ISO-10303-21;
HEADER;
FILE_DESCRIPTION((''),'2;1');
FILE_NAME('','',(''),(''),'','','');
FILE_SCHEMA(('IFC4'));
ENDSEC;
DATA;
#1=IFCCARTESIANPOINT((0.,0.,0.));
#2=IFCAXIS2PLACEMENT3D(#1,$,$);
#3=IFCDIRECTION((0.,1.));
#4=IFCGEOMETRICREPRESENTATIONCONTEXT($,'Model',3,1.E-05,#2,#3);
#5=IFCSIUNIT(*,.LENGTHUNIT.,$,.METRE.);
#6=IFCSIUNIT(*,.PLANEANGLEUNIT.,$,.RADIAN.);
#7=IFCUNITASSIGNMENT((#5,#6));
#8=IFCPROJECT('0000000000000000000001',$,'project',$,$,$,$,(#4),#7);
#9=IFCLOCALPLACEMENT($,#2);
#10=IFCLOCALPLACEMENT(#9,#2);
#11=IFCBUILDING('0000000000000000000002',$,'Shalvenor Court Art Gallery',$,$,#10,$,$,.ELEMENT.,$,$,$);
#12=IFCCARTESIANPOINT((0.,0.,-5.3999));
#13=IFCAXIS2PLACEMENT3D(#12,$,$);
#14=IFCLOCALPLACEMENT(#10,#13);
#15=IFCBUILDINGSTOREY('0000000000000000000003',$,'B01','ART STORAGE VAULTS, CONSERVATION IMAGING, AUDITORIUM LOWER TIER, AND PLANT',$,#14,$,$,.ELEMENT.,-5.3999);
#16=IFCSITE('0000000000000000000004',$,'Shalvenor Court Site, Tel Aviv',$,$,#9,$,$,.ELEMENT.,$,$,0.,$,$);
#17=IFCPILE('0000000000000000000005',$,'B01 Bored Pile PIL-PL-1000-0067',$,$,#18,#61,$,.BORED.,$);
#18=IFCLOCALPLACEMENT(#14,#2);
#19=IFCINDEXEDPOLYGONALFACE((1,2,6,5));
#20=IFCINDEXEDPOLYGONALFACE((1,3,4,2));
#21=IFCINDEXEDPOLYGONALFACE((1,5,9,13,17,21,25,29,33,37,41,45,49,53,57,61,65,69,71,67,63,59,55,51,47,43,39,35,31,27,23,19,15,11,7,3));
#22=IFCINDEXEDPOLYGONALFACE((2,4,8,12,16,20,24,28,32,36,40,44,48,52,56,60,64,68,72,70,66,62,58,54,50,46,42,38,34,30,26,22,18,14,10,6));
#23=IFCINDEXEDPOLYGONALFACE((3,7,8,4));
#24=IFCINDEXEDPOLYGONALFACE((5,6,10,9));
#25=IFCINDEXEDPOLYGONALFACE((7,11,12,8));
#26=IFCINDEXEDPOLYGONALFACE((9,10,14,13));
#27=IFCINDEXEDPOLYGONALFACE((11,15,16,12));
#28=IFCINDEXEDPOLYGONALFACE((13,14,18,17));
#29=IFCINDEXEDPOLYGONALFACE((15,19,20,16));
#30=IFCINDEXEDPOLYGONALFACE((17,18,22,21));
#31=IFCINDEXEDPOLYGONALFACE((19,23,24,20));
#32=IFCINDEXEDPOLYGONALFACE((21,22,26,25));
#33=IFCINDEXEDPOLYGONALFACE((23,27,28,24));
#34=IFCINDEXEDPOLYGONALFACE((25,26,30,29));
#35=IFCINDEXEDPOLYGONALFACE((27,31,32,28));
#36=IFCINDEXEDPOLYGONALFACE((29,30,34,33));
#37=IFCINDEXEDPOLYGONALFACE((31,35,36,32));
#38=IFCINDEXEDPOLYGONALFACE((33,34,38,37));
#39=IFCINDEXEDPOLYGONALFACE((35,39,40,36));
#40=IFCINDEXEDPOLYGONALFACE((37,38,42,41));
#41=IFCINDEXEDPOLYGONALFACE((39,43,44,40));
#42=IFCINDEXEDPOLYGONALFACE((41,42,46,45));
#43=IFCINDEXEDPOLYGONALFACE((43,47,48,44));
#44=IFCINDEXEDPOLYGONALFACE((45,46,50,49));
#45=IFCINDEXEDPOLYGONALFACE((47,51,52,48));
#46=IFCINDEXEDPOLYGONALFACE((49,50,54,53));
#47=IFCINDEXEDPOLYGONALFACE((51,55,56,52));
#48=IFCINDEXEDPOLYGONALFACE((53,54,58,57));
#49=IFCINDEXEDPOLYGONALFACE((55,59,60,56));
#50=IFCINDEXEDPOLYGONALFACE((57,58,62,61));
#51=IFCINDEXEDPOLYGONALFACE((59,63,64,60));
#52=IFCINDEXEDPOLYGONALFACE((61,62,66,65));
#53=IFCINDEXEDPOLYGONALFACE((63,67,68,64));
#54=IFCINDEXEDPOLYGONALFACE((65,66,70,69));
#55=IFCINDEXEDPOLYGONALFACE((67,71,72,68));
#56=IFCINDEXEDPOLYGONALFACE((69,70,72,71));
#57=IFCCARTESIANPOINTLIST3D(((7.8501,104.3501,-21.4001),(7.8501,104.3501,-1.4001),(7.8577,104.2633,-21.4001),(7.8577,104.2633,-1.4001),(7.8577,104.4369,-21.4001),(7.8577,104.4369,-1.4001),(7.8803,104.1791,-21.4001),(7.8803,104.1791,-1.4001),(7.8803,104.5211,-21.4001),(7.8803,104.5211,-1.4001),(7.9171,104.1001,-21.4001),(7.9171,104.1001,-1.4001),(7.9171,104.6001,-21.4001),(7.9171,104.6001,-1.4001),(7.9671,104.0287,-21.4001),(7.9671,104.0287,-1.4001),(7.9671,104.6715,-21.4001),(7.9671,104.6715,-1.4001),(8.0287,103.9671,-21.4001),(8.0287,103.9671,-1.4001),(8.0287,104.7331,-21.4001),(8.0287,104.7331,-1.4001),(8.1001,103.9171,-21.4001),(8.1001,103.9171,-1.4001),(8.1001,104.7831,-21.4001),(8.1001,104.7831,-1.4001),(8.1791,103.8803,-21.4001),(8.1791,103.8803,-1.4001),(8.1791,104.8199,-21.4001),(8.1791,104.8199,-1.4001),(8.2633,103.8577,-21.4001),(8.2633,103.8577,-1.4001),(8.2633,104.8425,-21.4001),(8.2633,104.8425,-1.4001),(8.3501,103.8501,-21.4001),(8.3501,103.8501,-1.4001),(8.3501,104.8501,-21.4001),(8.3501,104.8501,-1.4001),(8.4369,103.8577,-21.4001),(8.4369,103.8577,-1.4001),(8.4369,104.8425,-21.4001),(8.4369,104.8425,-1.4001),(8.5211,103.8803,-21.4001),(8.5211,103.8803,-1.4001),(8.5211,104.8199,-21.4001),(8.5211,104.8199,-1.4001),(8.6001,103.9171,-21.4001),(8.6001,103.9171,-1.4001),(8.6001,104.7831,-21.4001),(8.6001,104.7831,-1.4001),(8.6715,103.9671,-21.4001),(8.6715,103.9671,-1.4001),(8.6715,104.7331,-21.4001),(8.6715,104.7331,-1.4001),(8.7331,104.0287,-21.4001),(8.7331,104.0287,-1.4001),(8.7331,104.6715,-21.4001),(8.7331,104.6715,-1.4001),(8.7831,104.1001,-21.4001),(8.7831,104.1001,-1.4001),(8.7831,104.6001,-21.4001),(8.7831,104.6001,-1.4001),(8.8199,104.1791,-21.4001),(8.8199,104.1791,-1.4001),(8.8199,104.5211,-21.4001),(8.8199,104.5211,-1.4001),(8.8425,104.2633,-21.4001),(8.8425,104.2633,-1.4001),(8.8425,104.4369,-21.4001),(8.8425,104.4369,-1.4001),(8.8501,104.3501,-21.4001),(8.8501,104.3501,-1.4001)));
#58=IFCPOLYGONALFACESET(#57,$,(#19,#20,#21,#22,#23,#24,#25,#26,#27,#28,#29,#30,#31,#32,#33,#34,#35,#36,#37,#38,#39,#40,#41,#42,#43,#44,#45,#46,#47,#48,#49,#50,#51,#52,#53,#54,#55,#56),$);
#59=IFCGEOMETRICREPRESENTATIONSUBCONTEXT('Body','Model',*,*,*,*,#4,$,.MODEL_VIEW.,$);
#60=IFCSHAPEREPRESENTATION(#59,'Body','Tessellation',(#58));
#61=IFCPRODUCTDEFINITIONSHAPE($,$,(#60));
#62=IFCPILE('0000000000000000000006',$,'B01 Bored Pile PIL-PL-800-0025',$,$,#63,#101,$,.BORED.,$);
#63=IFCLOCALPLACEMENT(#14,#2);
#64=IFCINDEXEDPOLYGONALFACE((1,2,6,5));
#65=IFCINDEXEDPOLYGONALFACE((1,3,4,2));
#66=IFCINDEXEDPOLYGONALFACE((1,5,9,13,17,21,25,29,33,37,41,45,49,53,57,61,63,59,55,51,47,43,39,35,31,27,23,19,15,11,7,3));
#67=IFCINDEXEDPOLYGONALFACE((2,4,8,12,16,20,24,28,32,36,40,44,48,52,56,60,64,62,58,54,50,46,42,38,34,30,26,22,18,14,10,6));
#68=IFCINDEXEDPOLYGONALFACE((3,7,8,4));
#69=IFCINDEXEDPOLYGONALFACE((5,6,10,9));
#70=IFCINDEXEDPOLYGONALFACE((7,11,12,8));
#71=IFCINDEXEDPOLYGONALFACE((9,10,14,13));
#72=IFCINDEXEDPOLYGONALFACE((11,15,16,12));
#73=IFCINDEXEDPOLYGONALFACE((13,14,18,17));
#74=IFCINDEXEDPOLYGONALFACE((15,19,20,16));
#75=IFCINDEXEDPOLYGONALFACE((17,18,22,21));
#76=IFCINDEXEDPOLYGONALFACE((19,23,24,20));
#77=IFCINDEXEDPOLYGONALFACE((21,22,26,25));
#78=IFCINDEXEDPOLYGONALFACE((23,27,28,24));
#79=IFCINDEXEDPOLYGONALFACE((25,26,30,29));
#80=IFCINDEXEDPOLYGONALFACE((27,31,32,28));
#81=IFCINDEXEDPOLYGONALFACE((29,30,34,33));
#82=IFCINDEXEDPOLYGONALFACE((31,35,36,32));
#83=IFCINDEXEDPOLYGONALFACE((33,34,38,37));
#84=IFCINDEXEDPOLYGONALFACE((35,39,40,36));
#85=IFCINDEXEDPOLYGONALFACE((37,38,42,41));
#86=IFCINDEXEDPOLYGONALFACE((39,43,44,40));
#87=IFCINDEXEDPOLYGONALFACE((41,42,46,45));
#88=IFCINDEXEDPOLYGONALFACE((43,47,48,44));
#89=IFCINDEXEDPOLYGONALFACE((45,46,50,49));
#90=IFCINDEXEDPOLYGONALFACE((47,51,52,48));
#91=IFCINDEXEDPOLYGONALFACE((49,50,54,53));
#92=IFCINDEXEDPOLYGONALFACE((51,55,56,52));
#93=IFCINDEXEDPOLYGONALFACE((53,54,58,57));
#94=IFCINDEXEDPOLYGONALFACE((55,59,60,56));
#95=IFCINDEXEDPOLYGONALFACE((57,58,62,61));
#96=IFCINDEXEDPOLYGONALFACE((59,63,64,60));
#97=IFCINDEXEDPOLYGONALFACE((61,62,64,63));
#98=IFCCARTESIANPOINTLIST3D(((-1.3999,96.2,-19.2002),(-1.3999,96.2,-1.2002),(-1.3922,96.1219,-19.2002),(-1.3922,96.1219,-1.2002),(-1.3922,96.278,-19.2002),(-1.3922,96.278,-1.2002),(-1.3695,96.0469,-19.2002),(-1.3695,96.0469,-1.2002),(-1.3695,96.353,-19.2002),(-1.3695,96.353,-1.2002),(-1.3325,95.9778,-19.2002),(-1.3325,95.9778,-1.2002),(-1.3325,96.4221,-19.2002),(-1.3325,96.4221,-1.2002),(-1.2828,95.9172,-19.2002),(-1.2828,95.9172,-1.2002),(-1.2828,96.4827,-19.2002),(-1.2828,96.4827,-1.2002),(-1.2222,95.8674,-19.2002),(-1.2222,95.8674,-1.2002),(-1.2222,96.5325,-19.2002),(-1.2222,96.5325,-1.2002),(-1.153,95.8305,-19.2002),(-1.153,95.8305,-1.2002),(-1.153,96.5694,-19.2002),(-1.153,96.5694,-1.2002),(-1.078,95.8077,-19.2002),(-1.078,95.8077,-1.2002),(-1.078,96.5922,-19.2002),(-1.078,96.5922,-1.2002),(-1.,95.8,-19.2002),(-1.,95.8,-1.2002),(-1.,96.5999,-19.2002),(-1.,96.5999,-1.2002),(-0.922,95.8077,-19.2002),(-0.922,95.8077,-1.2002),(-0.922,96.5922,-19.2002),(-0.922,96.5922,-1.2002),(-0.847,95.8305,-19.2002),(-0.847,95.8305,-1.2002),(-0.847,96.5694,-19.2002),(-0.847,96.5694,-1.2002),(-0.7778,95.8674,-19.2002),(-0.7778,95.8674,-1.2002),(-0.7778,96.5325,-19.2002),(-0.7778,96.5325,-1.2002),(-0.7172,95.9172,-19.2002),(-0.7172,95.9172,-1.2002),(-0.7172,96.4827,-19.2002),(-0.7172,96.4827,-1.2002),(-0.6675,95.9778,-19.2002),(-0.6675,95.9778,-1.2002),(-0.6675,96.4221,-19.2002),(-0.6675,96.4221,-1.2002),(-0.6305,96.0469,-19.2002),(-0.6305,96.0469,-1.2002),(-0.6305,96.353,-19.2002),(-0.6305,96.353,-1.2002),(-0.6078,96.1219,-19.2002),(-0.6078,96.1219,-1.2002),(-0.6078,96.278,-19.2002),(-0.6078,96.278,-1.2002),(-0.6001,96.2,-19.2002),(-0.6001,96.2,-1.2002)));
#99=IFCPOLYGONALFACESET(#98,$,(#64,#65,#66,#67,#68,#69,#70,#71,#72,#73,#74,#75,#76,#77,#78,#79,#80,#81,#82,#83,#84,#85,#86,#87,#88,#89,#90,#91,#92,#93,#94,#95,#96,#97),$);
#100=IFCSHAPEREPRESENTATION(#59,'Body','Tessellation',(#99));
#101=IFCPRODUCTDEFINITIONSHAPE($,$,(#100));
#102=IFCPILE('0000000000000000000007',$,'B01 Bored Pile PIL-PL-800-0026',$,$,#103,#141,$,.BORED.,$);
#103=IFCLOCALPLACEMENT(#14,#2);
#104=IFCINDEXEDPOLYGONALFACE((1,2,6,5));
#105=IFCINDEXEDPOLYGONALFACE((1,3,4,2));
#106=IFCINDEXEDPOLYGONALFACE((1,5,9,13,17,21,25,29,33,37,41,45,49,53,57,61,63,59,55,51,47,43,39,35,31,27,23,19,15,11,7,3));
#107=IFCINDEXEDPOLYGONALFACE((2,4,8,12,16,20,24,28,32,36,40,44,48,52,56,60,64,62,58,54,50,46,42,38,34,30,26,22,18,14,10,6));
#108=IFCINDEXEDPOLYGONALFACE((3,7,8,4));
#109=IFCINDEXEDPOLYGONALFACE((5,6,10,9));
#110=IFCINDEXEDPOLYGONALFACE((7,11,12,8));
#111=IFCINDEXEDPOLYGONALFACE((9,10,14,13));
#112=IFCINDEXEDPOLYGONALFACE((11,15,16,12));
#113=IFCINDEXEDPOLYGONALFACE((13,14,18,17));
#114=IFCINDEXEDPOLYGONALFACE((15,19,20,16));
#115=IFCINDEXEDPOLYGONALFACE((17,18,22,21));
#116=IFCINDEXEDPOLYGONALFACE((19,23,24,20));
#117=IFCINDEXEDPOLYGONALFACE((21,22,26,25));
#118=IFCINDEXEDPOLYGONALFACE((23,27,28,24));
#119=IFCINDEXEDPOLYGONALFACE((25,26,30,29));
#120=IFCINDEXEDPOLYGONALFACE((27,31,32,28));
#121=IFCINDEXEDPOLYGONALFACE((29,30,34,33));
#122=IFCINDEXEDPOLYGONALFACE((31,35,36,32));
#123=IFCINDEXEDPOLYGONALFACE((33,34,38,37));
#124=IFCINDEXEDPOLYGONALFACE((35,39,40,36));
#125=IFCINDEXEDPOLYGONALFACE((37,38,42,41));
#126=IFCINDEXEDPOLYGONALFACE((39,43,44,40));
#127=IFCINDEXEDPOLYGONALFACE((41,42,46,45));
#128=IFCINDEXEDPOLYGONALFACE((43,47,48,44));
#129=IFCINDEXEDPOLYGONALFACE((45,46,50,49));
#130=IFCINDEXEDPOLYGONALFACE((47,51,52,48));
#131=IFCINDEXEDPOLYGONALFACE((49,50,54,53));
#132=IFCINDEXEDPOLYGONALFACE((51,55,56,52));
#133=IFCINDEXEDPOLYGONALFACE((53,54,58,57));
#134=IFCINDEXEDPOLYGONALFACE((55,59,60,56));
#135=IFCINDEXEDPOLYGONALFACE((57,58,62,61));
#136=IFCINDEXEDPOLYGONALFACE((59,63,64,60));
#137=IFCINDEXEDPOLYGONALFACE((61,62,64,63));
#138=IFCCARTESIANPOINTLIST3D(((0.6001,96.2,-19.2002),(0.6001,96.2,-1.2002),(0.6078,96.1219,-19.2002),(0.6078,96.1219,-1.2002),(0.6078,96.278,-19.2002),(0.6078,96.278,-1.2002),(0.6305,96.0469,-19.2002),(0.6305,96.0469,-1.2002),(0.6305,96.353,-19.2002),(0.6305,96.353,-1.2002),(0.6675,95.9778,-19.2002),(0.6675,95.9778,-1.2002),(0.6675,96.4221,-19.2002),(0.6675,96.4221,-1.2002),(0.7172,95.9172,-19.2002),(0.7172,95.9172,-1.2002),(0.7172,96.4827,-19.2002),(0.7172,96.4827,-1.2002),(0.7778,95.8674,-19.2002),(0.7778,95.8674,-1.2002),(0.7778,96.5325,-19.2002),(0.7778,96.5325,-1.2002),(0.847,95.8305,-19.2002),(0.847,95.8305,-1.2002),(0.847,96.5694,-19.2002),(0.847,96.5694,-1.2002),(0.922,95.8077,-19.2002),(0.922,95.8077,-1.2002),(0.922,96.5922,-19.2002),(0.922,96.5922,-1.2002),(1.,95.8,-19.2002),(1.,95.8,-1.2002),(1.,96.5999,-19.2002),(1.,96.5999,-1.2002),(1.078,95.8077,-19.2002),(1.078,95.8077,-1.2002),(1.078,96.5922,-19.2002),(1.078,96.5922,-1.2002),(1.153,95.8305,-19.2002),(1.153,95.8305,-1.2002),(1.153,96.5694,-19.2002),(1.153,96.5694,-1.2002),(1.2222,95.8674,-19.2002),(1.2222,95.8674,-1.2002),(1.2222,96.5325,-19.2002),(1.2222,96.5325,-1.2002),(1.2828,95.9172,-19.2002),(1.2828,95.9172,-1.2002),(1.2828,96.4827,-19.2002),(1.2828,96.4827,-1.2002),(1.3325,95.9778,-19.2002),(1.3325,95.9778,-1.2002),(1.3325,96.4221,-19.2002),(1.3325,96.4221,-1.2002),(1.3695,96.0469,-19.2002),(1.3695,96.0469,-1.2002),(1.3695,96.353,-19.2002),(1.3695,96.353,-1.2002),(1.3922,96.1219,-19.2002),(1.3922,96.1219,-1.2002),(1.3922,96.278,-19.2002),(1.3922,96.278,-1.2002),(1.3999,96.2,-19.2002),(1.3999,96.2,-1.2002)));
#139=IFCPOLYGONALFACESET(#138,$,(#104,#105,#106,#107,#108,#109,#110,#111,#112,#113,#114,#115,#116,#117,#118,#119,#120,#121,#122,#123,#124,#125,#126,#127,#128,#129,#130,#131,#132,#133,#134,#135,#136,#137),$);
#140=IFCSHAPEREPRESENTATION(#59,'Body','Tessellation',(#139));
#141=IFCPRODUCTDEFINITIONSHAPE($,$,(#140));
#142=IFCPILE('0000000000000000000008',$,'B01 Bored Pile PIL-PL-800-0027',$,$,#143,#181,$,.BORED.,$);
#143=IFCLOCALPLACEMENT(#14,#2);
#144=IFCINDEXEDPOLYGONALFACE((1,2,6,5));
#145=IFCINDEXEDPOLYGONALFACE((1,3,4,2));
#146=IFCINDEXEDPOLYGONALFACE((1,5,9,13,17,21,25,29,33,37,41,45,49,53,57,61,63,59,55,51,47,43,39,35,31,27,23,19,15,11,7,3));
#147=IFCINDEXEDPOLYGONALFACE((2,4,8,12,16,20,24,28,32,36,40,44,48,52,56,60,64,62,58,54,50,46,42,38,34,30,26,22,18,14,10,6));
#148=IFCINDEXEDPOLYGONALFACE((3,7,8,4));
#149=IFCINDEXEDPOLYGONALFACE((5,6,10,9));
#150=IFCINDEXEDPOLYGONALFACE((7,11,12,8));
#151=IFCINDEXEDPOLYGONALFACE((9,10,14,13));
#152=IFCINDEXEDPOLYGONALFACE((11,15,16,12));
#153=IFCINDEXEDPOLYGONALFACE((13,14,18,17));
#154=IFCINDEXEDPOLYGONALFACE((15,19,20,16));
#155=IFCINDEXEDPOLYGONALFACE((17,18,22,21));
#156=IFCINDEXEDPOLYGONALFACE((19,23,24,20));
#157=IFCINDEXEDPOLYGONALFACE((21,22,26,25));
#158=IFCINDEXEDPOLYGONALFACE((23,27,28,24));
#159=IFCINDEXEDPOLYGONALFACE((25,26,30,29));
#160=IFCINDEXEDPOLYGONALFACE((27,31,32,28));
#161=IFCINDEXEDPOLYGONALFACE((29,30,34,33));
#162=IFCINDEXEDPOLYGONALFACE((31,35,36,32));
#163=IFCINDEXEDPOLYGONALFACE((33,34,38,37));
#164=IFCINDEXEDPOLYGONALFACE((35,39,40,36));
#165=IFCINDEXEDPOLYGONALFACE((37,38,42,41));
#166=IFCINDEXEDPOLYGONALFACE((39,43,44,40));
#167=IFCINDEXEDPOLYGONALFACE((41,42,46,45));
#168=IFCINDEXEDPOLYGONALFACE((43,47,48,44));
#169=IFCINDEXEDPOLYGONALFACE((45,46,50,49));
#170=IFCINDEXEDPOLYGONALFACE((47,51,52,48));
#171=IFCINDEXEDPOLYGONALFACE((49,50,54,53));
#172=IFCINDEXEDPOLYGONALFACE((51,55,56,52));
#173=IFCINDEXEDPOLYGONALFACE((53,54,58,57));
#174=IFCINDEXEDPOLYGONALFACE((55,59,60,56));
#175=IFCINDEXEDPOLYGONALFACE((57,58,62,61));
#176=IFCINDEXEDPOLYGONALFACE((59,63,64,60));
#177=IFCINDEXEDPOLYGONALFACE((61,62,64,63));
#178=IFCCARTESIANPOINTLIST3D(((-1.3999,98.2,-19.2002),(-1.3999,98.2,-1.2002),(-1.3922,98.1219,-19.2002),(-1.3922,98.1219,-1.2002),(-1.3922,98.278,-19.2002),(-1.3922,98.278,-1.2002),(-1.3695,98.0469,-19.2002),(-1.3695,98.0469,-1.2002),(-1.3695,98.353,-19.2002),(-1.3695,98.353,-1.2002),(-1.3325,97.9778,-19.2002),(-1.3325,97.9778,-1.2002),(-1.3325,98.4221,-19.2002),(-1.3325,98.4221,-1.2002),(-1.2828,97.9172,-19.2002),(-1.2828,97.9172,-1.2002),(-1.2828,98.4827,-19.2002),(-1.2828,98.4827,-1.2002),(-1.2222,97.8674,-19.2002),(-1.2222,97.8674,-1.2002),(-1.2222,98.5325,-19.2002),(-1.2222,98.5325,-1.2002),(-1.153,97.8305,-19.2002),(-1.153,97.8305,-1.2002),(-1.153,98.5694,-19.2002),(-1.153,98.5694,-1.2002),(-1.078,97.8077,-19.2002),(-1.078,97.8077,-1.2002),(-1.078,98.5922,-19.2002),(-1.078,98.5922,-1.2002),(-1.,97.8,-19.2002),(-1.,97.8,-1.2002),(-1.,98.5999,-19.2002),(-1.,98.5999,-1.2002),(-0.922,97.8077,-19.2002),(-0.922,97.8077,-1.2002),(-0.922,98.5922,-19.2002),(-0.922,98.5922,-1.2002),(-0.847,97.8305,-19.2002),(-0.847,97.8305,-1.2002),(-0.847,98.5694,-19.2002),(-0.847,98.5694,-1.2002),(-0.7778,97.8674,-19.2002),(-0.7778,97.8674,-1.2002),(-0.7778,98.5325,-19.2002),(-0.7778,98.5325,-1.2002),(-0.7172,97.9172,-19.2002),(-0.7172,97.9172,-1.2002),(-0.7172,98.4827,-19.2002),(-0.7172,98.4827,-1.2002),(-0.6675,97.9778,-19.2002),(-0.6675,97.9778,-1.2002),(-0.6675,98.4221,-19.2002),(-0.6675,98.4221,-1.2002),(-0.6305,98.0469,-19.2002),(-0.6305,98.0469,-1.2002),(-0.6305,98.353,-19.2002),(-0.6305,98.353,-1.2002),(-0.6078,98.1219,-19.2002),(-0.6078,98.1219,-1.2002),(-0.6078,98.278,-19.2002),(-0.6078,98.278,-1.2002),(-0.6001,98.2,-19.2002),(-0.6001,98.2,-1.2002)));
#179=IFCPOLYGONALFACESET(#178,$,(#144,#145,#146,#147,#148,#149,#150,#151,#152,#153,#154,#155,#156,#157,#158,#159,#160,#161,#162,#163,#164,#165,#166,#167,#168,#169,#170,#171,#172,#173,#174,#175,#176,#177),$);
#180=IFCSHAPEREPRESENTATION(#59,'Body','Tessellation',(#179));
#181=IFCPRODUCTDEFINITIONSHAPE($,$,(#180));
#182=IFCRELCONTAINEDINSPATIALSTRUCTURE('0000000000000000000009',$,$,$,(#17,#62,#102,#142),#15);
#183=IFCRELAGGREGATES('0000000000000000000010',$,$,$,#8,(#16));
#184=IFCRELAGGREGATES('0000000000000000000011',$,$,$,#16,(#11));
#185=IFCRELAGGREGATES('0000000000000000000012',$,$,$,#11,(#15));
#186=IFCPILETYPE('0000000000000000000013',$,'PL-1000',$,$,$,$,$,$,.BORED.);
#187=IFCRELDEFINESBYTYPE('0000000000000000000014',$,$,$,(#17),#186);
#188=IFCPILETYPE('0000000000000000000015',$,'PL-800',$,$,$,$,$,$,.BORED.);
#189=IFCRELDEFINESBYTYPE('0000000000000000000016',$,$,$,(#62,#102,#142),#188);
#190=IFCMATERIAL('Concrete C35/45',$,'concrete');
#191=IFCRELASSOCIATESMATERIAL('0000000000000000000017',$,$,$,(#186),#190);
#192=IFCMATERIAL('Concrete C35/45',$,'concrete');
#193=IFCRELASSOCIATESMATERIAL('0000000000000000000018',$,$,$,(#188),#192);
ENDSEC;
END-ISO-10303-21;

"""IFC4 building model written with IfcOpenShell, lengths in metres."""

from ifc_helpers import new_model, si_unit, direction, frame, origin, origin_2d, place, context, subcontext, project, spatial, circle, extrude, material, material_profile, profile_set, type_object, element, save


model = new_model("IFC4")

# Units and contexts
model_context = context("Model", 3, precision=1e-05, world=origin(), true_north=direction((0.0, 1.0)))
body_context = subcontext(model_context, "Body", "Model", "MODEL_VIEW")
ifc_project = project(units=[si_unit("LENGTHUNIT", "METRE"), si_unit("PLANEANGLEUNIT", "RADIAN")], contexts=[model_context])

# Site, building, storey
site_placement = place(None, origin())
site = spatial("IfcSite", under=ifc_project, at=site_placement, Name="Shalvenor Court Site, Tel Aviv", CompositionType="ELEMENT", RefElevation=0.0)
building_placement = place(site_placement, origin())
building = spatial("IfcBuilding", under=site, at=building_placement, Name="Shalvenor Court Art Gallery", CompositionType="ELEMENT")
storey_placement = place(building_placement, frame((0.0, 0.0, -5.3999)))
storey = spatial("IfcBuildingStorey", under=building, at=storey_placement, Name="B01", Description="ART STORAGE VAULTS, CONSERVATION IMAGING, AUDITORIUM LOWER TIER, AND PLANT", CompositionType="ELEMENT", Elevation=-5.3999)

# Piles
ifc_material_1 = material(Name="Concrete C35/45", Category="concrete")
ifc_material_profile_1 = material_profile(ifc_material_1, circle(Radius=0.5, at=origin_2d()), Name="PILE 1000")
ifc_profile_set_1 = profile_set([ifc_material_profile_1], Name="Concrete C35/45")
pile_type_1 = type_object("IfcPileType", Name="PL-1000", PredefinedType="BORED", material=ifc_profile_set_1)
for number, where, z_axis, x_axis, name in (
    (1, (8.3501, 104.3501, -1.4001), (0.0, 0.0, -1.0), (1.0, 0.0, 0.0), "B01 Bored Pile PIL-PL-1000-0067"),
):
    element("IfcPile", number, at=place(storey_placement, frame(where, z_axis=z_axis, x_axis=x_axis)), inside=storey, type_object=pile_type_1, Name=name, PredefinedType="BORED", context=body_context, shape_type="SweptSolid", body=[
        extrude(circle(Radius=0.5, at=origin_2d()), origin(), (0.0, 0.0, 1.0), 20.0),
    ])
ifc_material_2 = material(Name="Concrete C35/45", Category="concrete")
ifc_material_profile_2 = material_profile(ifc_material_2, circle(Radius=0.3999, at=origin_2d()), Name="PILE 800")
ifc_profile_set_2 = profile_set([ifc_material_profile_2], Name="Concrete C35/45")
pile_type_2 = type_object("IfcPileType", Name="PL-800", PredefinedType="BORED", material=ifc_profile_set_2)
for number, where, z_axis, x_axis, name in (
    (2, (-1.0, 96.2, -1.2002), (0.0, 0.0, -1.0), (1.0, 0.0, 0.0), "B01 Bored Pile PIL-PL-800-0025"),
    (3, (1.0, 96.2, -1.2002), (0.0, 0.0, -1.0), (1.0, 0.0, 0.0), "B01 Bored Pile PIL-PL-800-0026"),
    (4, (-1.0, 98.2, -1.2002), (0.0, 0.0, -1.0), (1.0, 0.0, 0.0), "B01 Bored Pile PIL-PL-800-0027"),
):
    element("IfcPile", number, at=place(storey_placement, frame(where, z_axis=z_axis, x_axis=x_axis)), inside=storey, type_object=pile_type_2, Name=name, PredefinedType="BORED", context=body_context, shape_type="SweptSolid", body=[
        extrude(circle(Radius=0.3999, at=origin_2d()), origin(), (0.0, 0.0, 1.0), 18.0),
    ])

save(model, "model.ifc")
